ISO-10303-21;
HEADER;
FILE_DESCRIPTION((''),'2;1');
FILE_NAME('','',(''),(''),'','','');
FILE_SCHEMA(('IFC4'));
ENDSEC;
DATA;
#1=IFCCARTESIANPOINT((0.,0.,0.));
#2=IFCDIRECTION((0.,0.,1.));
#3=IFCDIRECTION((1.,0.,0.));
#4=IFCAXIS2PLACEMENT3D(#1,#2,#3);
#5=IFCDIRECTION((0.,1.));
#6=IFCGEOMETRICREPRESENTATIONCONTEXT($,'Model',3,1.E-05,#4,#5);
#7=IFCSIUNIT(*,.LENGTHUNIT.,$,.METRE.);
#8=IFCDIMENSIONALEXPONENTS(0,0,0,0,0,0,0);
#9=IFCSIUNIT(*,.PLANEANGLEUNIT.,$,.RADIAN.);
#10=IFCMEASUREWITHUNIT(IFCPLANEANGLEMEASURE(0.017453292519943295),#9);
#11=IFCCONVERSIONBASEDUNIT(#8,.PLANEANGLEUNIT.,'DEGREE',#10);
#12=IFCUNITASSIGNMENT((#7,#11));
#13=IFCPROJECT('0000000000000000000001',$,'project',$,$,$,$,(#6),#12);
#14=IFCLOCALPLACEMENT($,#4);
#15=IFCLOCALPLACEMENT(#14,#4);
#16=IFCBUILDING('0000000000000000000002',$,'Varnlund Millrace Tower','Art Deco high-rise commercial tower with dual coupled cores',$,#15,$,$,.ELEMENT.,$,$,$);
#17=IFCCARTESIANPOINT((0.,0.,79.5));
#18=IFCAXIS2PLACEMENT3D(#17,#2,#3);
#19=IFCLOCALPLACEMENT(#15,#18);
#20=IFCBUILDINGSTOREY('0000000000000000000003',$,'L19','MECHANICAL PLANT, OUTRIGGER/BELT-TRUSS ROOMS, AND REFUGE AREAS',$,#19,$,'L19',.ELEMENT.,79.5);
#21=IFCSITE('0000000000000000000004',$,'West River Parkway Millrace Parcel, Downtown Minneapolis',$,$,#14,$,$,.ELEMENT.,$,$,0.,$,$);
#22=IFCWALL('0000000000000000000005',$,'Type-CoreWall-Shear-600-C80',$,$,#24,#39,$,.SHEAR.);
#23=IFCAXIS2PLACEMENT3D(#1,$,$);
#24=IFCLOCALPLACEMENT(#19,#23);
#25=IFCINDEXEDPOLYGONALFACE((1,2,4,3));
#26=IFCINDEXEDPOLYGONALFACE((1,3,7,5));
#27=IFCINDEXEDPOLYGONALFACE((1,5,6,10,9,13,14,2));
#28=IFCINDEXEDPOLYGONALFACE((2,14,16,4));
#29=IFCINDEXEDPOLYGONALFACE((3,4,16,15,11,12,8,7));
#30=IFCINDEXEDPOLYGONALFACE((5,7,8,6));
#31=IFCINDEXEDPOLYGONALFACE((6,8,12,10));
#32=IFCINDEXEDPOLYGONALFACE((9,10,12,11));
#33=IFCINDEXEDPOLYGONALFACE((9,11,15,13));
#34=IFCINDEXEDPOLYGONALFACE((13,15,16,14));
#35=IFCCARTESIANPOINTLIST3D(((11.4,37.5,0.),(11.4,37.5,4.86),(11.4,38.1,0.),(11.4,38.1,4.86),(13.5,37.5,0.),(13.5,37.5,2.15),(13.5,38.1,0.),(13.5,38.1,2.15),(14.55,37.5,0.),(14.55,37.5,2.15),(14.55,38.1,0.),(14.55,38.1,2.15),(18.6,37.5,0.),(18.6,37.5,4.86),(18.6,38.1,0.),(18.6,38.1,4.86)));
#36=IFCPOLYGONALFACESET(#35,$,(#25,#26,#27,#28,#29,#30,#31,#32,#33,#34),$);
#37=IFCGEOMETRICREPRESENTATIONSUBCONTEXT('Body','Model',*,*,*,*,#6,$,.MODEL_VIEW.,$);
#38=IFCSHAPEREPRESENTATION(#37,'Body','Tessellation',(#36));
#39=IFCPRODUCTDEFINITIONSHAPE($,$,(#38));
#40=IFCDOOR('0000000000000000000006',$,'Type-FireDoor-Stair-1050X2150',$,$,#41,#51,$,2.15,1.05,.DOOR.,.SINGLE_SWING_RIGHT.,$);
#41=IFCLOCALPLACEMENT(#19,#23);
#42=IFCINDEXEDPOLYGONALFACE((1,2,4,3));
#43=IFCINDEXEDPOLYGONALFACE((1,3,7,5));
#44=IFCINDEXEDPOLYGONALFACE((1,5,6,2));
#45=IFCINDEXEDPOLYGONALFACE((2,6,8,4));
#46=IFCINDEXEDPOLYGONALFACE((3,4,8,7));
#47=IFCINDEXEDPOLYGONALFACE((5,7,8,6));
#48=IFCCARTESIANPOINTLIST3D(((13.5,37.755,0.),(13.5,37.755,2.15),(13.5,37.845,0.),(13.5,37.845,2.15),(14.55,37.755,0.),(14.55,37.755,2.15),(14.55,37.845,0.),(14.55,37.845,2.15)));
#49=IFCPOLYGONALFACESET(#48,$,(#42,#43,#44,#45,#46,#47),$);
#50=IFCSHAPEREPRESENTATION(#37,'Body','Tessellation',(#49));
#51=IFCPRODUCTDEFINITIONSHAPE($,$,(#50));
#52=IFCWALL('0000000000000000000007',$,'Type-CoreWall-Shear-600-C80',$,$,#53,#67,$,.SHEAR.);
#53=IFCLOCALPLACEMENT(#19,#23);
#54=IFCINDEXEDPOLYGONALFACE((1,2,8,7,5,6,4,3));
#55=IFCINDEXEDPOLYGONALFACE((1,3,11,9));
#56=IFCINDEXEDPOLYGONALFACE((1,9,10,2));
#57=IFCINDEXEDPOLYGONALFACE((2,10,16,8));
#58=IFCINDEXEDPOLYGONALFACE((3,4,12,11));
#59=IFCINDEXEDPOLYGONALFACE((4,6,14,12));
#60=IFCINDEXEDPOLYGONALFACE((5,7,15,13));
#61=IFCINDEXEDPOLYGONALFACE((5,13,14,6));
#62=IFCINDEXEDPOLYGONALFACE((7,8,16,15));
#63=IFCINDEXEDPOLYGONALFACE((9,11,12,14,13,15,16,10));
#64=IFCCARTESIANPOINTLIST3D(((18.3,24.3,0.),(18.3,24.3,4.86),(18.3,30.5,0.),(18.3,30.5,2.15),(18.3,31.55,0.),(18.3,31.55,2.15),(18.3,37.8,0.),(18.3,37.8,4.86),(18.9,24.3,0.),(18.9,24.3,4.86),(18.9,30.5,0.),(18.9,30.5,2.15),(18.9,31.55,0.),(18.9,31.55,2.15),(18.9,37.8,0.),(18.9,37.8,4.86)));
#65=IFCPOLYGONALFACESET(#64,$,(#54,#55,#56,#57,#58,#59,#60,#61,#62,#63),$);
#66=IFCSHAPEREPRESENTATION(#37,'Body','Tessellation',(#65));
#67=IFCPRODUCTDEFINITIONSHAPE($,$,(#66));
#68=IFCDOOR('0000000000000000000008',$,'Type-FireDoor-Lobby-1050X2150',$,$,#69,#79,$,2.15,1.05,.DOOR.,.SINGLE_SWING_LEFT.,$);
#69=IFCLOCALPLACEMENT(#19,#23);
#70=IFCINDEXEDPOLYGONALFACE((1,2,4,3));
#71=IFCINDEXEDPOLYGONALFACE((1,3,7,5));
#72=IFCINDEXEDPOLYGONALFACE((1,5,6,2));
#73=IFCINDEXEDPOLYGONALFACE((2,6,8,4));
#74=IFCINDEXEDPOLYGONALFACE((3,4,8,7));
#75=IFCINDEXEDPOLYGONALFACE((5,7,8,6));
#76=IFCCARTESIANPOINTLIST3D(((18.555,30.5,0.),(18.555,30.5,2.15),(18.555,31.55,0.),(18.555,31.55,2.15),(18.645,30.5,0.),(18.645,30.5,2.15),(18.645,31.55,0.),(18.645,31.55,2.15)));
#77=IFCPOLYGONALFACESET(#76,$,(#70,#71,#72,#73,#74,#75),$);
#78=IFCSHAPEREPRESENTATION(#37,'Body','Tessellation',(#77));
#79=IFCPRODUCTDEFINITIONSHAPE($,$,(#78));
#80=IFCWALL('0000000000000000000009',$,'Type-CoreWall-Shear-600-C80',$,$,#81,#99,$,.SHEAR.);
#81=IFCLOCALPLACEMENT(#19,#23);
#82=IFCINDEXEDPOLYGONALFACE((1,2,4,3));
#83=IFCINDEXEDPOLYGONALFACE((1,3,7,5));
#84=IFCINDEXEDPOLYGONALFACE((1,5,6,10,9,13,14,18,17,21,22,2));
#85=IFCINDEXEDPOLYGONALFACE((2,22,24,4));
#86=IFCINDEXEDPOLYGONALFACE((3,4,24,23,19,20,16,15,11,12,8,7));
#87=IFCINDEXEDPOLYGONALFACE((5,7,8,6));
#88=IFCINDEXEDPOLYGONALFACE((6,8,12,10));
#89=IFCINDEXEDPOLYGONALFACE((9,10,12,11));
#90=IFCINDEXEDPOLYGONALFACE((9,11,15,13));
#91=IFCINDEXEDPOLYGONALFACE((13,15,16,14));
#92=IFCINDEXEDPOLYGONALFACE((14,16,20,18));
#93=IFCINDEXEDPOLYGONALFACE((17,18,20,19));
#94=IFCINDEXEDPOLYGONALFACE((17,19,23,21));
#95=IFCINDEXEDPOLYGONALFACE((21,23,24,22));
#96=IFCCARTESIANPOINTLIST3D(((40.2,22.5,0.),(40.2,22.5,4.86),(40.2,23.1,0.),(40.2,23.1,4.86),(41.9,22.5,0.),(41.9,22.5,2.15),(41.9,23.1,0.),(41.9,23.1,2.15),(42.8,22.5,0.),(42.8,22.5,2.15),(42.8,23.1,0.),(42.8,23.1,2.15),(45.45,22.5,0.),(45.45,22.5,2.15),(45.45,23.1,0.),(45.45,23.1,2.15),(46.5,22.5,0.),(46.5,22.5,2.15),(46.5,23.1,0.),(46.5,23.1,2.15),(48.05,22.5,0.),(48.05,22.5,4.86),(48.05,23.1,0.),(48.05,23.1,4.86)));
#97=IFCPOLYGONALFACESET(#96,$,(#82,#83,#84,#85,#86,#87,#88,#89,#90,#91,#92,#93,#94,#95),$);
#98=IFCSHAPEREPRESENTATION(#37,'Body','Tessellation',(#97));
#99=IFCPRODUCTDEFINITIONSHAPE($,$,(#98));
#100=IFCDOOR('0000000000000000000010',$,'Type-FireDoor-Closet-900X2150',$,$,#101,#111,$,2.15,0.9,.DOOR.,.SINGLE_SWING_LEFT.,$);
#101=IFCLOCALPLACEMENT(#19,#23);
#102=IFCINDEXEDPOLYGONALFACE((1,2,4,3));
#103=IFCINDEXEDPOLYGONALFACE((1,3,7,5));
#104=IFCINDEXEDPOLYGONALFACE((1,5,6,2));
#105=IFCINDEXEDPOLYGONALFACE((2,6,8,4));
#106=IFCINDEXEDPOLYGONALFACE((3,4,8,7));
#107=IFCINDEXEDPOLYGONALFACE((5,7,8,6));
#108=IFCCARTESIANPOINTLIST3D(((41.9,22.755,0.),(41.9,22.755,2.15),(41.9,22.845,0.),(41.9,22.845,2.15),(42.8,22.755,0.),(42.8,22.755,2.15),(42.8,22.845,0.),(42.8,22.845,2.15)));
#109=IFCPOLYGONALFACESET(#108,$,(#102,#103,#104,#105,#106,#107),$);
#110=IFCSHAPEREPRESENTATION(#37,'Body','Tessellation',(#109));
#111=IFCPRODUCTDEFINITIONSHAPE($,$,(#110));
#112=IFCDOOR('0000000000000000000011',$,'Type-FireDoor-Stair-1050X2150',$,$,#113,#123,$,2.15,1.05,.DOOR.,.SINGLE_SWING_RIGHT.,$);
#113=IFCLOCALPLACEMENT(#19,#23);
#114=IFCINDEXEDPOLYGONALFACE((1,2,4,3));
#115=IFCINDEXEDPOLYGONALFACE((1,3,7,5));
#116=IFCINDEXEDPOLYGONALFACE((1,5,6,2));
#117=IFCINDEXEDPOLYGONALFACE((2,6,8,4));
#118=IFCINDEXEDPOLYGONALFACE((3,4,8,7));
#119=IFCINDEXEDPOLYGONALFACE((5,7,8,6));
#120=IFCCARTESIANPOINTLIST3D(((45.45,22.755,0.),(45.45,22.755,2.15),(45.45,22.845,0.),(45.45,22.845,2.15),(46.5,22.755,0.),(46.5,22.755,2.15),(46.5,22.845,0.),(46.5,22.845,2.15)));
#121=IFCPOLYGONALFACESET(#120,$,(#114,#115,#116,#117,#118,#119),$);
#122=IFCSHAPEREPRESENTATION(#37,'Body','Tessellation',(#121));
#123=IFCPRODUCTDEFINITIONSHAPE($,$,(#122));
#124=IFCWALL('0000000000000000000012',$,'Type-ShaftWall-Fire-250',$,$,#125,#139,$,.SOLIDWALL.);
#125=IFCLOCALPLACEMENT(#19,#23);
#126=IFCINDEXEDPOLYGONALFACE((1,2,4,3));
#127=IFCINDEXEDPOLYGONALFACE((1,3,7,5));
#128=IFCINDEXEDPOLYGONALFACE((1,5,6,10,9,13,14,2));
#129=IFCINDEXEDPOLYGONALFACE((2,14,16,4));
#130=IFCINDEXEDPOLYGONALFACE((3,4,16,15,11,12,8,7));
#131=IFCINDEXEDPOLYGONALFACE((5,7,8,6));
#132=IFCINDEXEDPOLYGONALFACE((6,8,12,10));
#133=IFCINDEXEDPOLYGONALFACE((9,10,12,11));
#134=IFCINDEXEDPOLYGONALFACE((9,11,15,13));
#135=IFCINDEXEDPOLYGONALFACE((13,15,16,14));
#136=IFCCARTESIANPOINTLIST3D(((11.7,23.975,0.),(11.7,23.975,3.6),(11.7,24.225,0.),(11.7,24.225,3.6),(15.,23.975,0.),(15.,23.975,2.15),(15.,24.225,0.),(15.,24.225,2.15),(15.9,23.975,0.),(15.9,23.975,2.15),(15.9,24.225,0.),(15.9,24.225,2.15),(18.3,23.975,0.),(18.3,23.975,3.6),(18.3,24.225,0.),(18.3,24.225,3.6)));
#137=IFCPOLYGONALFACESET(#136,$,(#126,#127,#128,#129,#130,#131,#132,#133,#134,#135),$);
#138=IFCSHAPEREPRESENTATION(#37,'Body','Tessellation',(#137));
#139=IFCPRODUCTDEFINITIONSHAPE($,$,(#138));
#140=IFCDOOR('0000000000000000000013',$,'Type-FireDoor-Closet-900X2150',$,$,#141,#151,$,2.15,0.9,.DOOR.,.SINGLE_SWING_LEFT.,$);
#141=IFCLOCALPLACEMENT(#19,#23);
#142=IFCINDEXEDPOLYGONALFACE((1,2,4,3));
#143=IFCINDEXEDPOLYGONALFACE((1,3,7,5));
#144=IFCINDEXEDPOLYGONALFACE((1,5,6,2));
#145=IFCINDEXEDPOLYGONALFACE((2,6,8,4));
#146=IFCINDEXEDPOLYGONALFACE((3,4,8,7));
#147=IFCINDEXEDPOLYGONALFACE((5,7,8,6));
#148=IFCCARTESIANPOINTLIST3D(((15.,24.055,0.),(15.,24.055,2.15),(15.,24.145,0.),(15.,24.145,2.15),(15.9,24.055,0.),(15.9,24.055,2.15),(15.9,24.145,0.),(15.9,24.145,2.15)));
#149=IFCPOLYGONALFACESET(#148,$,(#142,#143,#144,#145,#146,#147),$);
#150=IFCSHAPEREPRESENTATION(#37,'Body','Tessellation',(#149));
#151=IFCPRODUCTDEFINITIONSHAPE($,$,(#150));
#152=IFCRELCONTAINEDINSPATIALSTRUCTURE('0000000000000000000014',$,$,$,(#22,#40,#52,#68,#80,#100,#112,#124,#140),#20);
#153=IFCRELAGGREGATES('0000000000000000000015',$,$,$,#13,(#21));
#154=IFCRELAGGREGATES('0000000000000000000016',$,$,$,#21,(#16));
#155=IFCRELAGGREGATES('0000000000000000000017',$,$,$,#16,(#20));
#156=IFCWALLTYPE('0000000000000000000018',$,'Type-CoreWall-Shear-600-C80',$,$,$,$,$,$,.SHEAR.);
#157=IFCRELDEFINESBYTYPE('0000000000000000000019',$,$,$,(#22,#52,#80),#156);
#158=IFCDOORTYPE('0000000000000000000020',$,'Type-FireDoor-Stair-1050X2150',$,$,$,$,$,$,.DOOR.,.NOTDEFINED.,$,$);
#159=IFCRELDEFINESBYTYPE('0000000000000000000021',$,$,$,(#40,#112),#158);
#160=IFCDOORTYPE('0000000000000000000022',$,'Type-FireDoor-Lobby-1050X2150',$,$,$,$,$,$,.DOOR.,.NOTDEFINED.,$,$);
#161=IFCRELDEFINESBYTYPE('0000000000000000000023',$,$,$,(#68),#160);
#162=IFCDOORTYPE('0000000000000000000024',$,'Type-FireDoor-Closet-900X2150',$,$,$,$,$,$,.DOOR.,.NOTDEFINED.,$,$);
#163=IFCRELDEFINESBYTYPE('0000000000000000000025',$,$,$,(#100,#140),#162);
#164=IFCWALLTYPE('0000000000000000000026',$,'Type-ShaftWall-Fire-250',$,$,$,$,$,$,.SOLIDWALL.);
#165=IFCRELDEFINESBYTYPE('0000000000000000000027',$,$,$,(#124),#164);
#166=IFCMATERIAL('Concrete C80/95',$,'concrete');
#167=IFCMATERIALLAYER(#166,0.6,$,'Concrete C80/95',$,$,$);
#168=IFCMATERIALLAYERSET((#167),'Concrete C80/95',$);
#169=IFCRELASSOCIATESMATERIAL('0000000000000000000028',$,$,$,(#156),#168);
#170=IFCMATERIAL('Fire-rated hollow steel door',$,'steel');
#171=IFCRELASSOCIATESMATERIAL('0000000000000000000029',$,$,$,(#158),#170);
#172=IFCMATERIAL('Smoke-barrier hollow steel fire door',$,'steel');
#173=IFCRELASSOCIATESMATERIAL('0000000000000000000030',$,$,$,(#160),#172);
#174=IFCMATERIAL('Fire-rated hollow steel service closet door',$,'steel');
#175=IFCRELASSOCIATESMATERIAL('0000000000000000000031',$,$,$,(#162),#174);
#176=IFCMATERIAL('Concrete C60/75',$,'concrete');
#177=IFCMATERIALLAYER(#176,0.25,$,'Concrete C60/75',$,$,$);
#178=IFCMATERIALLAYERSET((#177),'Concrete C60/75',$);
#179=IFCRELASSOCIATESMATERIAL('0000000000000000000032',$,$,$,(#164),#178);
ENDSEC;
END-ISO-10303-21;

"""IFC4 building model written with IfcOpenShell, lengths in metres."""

from ifc_helpers import new_model, entity, si_unit, converted_unit, direction, frame, origin_with_axes, origin_2d_with_axis, place, context, subcontext, project, spatial, polyline, rectangle, outline, extrude, material, layer, layer_set, type_object, element, fill, save


model = new_model("IFC4")

# Units and contexts
model_context = context("Model", 3, precision=1e-05, world=origin_with_axes(), true_north=direction((0.0, 1.0)))
body_context = subcontext(model_context, "Body", "Model", "MODEL_VIEW")
ifc_project = project(units=[si_unit("LENGTHUNIT", "METRE"), converted_unit("PLANEANGLEUNIT", "DEGREE", entity("IfcPlaneAngleMeasure", 0.017453292519943295), si_unit("PLANEANGLEUNIT", "RADIAN"), dimensions=[0, 0, 0, 0, 0, 0, 0])], contexts=[model_context])

# Site, building, storey
site_placement = place(None, origin_with_axes())
site = spatial("IfcSite", under=ifc_project, at=site_placement, Name="West River Parkway Millrace Parcel, Downtown Minneapolis", CompositionType="ELEMENT", RefElevation=0.0)
building_placement = place(site_placement, origin_with_axes())
building = spatial("IfcBuilding", under=site, at=building_placement, Name="Varnlund Millrace Tower", Description="Art Deco high-rise commercial tower with dual coupled cores", CompositionType="ELEMENT")
storey_placement = place(building_placement, frame((0.0, 0.0, 79.5), z_axis=(0.0, 0.0, 1.0), x_axis=(1.0, 0.0, 0.0)))
storey = spatial("IfcBuildingStorey", under=building, at=storey_placement, Name="L19", Description="MECHANICAL PLANT, OUTRIGGER/BELT-TRUSS ROOMS, AND REFUGE AREAS", LongName="L19", CompositionType="ELEMENT", Elevation=79.5)

# Walls, openings, doors
ifc_material_1 = material(Name="Concrete C80/95", Category="concrete")
ifc_layer_1 = layer(ifc_material_1, 0.6, Name="Concrete C80/95")
ifc_layer_set_1 = layer_set([ifc_layer_1], Name="Concrete C80/95")
wall_type_1 = type_object("IfcWallType", Name="Type-CoreWall-Shear-600-C80", PredefinedType="SHEAR", material=ifc_layer_set_1)
wall_1_placement = place(storey_placement, frame((11.4, 37.8, 0.0), z_axis=(0.0, 0.0, 1.0), x_axis=(1.0, 0.0, 0.0)))
wall_1 = element("IfcWall", 1, at=wall_1_placement, inside=storey, type_object=wall_type_1, Name="Type-CoreWall-Shear-600-C80", PredefinedType="SHEAR", context=body_context, shape_type="SweptSolid", body=[
    extrude(outline(polyline([(0.0, -0.3), (7.2, -0.3), (7.2, 0.3), (0.0, 0.3), (0.0, -0.3)])), origin_with_axes(), (0.0, 0.0, 1.0), 4.86),
])
opening_1_placement = place(wall_1_placement, frame((2.625, 0.0, 0.0), z_axis=(0.0, 0.0, 1.0), x_axis=(1.0, 0.0, 0.0)))
opening_1 = element("IfcOpeningElement", 2, at=opening_1_placement, cuts=wall_1, PredefinedType="OPENING", context=body_context, shape_type="SweptSolid", body=[
    extrude(rectangle(XDim=1.05, YDim=0.62, at=origin_2d_with_axis()), origin_with_axes(), (0.0, 0.0, 1.0), 2.15),
])
ifc_material_2 = material(Name="Fire-rated hollow steel door", Category="steel")
door_type_1 = type_object("IfcDoorType", Name="Type-FireDoor-Stair-1050X2150", OperationType="NOTDEFINED", PredefinedType="DOOR", material=ifc_material_2)
door_1_placement = place(wall_1_placement, frame((2.625, 0.0, 0.0), z_axis=(0.0, 0.0, 1.0), x_axis=(1.0, 0.0, 0.0)))
door_1 = element("IfcDoor", 3, at=door_1_placement, inside=storey, type_object=door_type_1, Name="Type-FireDoor-Stair-1050X2150", OperationType="SINGLE_SWING_RIGHT", OverallHeight=2.15, OverallWidth=1.05, PredefinedType="DOOR", context=body_context, shape_type="SweptSolid", body=[
    extrude(rectangle(XDim=1.05, YDim=0.09, at=origin_2d_with_axis()), origin_with_axes(), (0.0, 0.0, 1.0), 2.15),
])
fill(opening_1, door_1)
wall_2_placement = place(storey_placement, frame((18.6, 24.3, 0.0), z_axis=(0.0, 0.0, 1.0), x_axis=(0.0, 1.0, 0.0)))
wall_2 = element("IfcWall", 4, at=wall_2_placement, inside=storey, type_object=wall_type_1, Name="Type-CoreWall-Shear-600-C80", PredefinedType="SHEAR", context=body_context, shape_type="SweptSolid", body=[
    extrude(outline(polyline([(0.0, -0.3), (13.5, -0.3), (13.5, 0.3), (0.0, 0.3), (0.0, -0.3)])), origin_with_axes(), (0.0, 0.0, 1.0), 4.86),
])
opening_2_placement = place(wall_2_placement, frame((6.725, 0.0, 0.0), z_axis=(0.0, 0.0, 1.0), x_axis=(1.0, 0.0, 0.0)))
opening_2 = element("IfcOpeningElement", 5, at=opening_2_placement, cuts=wall_2, PredefinedType="OPENING", context=body_context, shape_type="SweptSolid", body=[
    extrude(rectangle(XDim=1.05, YDim=0.62, at=origin_2d_with_axis()), origin_with_axes(), (0.0, 0.0, 1.0), 2.15),
])
ifc_material_3 = material(Name="Smoke-barrier hollow steel fire door", Category="steel")
door_type_2 = type_object("IfcDoorType", Name="Type-FireDoor-Lobby-1050X2150", OperationType="NOTDEFINED", PredefinedType="DOOR", material=ifc_material_3)
door_2_placement = place(wall_2_placement, frame((6.725, 0.0, 0.0), z_axis=(0.0, 0.0, 1.0), x_axis=(1.0, 0.0, 0.0)))
door_2 = element("IfcDoor", 6, at=door_2_placement, inside=storey, type_object=door_type_2, Name="Type-FireDoor-Lobby-1050X2150", OperationType="SINGLE_SWING_LEFT", OverallHeight=2.15, OverallWidth=1.05, PredefinedType="DOOR", context=body_context, shape_type="SweptSolid", body=[
    extrude(rectangle(XDim=1.05, YDim=0.09, at=origin_2d_with_axis()), origin_with_axes(), (0.0, 0.0, 1.0), 2.15),
])
fill(opening_2, door_2)

# Wall, openings, doors
wall_3_placement = place(storey_placement, frame((40.2, 22.8, 0.0), z_axis=(0.0, 0.0, 1.0), x_axis=(1.0, 0.0, 0.0)))
wall_3 = element("IfcWall", 7, at=wall_3_placement, inside=storey, type_object=wall_type_1, Name="Type-CoreWall-Shear-600-C80", PredefinedType="SHEAR", context=body_context, shape_type="SweptSolid", body=[
    extrude(outline(polyline([(0.0, -0.3), (7.85, -0.3), (7.85, 0.3), (0.0, 0.3), (0.0, -0.3)])), origin_with_axes(), (0.0, 0.0, 1.0), 4.86),
])
opening_3_placement = place(wall_3_placement, frame((5.775, 0.0, 0.0), z_axis=(0.0, 0.0, 1.0), x_axis=(1.0, 0.0, 0.0)))
opening_3 = element("IfcOpeningElement", 8, at=opening_3_placement, cuts=wall_3, PredefinedType="OPENING", context=body_context, shape_type="SweptSolid", body=[
    extrude(rectangle(XDim=1.05, YDim=0.62, at=origin_2d_with_axis()), origin_with_axes(), (0.0, 0.0, 1.0), 2.15),
])
opening_4_placement = place(wall_3_placement, frame((2.15, 0.0, 0.0), z_axis=(0.0, 0.0, 1.0), x_axis=(1.0, 0.0, 0.0)))
opening_4 = element("IfcOpeningElement", 9, at=opening_4_placement, cuts=wall_3, PredefinedType="OPENING", context=body_context, shape_type="SweptSolid", body=[
    extrude(rectangle(XDim=0.9, YDim=0.62, at=origin_2d_with_axis()), origin_with_axes(), (0.0, 0.0, 1.0), 2.15),
])
ifc_material_4 = material(Name="Fire-rated hollow steel service closet door", Category="steel")
door_type_3 = type_object("IfcDoorType", Name="Type-FireDoor-Closet-900X2150", OperationType="NOTDEFINED", PredefinedType="DOOR", material=ifc_material_4)
door_3_placement = place(wall_3_placement, frame((2.15, 0.0, 0.0), z_axis=(0.0, 0.0, 1.0), x_axis=(1.0, 0.0, 0.0)))
door_3 = element("IfcDoor", 10, at=door_3_placement, inside=storey, type_object=door_type_3, Name="Type-FireDoor-Closet-900X2150", OperationType="SINGLE_SWING_LEFT", OverallHeight=2.15, OverallWidth=0.9, PredefinedType="DOOR", context=body_context, shape_type="SweptSolid", body=[
    extrude(rectangle(XDim=0.9, YDim=0.09, at=origin_2d_with_axis()), origin_with_axes(), (0.0, 0.0, 1.0), 2.15),
])
fill(opening_4, door_3)
door_4_placement = place(wall_3_placement, frame((5.775, 0.0, 0.0), z_axis=(0.0, 0.0, 1.0), x_axis=(1.0, 0.0, 0.0)))
door_4 = element("IfcDoor", 11, at=door_4_placement, inside=storey, type_object=door_type_1, Name="Type-FireDoor-Stair-1050X2150", OperationType="SINGLE_SWING_RIGHT", OverallHeight=2.15, OverallWidth=1.05, PredefinedType="DOOR", context=body_context, shape_type="SweptSolid", body=[
    extrude(rectangle(XDim=1.05, YDim=0.09, at=origin_2d_with_axis()), origin_with_axes(), (0.0, 0.0, 1.0), 2.15),
])
fill(opening_3, door_4)

# Wall, opening, door
ifc_material_5 = material(Name="Concrete C60/75", Category="concrete")
ifc_layer_2 = layer(ifc_material_5, 0.25, Name="Concrete C60/75")
ifc_layer_set_2 = layer_set([ifc_layer_2], Name="Concrete C60/75")
wall_type_2 = type_object("IfcWallType", Name="Type-ShaftWall-Fire-250", PredefinedType="SOLIDWALL", material=ifc_layer_set_2)
wall_4_placement = place(storey_placement, frame((11.7, 24.1, 0.0), z_axis=(0.0, 0.0, 1.0), x_axis=(1.0, 0.0, 0.0)))
wall_4 = element("IfcWall", 12, at=wall_4_placement, inside=storey, type_object=wall_type_2, Name="Type-ShaftWall-Fire-250", PredefinedType="SOLIDWALL", context=body_context, shape_type="SweptSolid", body=[
    extrude(outline(polyline([(0.0, -0.125), (6.6, -0.125), (6.6, 0.125), (0.0, 0.125), (0.0, -0.125)])), origin_with_axes(), (0.0, 0.0, 1.0), 3.6),
])
opening_5_placement = place(wall_4_placement, frame((3.75, 0.0, 0.0), z_axis=(0.0, 0.0, 1.0), x_axis=(1.0, 0.0, 0.0)))
opening_5 = element("IfcOpeningElement", 13, at=opening_5_placement, cuts=wall_4, PredefinedType="OPENING", context=body_context, shape_type="SweptSolid", body=[
    extrude(rectangle(XDim=0.9, YDim=0.27, at=origin_2d_with_axis()), origin_with_axes(), (0.0, 0.0, 1.0), 2.15),
])
door_5_placement = place(wall_4_placement, frame((3.75, 0.0, 0.0), z_axis=(0.0, 0.0, 1.0), x_axis=(1.0, 0.0, 0.0)))
door_5 = element("IfcDoor", 14, at=door_5_placement, inside=storey, type_object=door_type_3, Name="Type-FireDoor-Closet-900X2150", OperationType="SINGLE_SWING_LEFT", OverallHeight=2.15, OverallWidth=0.9, PredefinedType="DOOR", context=body_context, shape_type="SweptSolid", body=[
    extrude(rectangle(XDim=0.9, YDim=0.09, at=origin_2d_with_axis()), origin_with_axes(), (0.0, 0.0, 1.0), 2.15),
])
fill(opening_5, door_5)

save(model, "model.ifc")
